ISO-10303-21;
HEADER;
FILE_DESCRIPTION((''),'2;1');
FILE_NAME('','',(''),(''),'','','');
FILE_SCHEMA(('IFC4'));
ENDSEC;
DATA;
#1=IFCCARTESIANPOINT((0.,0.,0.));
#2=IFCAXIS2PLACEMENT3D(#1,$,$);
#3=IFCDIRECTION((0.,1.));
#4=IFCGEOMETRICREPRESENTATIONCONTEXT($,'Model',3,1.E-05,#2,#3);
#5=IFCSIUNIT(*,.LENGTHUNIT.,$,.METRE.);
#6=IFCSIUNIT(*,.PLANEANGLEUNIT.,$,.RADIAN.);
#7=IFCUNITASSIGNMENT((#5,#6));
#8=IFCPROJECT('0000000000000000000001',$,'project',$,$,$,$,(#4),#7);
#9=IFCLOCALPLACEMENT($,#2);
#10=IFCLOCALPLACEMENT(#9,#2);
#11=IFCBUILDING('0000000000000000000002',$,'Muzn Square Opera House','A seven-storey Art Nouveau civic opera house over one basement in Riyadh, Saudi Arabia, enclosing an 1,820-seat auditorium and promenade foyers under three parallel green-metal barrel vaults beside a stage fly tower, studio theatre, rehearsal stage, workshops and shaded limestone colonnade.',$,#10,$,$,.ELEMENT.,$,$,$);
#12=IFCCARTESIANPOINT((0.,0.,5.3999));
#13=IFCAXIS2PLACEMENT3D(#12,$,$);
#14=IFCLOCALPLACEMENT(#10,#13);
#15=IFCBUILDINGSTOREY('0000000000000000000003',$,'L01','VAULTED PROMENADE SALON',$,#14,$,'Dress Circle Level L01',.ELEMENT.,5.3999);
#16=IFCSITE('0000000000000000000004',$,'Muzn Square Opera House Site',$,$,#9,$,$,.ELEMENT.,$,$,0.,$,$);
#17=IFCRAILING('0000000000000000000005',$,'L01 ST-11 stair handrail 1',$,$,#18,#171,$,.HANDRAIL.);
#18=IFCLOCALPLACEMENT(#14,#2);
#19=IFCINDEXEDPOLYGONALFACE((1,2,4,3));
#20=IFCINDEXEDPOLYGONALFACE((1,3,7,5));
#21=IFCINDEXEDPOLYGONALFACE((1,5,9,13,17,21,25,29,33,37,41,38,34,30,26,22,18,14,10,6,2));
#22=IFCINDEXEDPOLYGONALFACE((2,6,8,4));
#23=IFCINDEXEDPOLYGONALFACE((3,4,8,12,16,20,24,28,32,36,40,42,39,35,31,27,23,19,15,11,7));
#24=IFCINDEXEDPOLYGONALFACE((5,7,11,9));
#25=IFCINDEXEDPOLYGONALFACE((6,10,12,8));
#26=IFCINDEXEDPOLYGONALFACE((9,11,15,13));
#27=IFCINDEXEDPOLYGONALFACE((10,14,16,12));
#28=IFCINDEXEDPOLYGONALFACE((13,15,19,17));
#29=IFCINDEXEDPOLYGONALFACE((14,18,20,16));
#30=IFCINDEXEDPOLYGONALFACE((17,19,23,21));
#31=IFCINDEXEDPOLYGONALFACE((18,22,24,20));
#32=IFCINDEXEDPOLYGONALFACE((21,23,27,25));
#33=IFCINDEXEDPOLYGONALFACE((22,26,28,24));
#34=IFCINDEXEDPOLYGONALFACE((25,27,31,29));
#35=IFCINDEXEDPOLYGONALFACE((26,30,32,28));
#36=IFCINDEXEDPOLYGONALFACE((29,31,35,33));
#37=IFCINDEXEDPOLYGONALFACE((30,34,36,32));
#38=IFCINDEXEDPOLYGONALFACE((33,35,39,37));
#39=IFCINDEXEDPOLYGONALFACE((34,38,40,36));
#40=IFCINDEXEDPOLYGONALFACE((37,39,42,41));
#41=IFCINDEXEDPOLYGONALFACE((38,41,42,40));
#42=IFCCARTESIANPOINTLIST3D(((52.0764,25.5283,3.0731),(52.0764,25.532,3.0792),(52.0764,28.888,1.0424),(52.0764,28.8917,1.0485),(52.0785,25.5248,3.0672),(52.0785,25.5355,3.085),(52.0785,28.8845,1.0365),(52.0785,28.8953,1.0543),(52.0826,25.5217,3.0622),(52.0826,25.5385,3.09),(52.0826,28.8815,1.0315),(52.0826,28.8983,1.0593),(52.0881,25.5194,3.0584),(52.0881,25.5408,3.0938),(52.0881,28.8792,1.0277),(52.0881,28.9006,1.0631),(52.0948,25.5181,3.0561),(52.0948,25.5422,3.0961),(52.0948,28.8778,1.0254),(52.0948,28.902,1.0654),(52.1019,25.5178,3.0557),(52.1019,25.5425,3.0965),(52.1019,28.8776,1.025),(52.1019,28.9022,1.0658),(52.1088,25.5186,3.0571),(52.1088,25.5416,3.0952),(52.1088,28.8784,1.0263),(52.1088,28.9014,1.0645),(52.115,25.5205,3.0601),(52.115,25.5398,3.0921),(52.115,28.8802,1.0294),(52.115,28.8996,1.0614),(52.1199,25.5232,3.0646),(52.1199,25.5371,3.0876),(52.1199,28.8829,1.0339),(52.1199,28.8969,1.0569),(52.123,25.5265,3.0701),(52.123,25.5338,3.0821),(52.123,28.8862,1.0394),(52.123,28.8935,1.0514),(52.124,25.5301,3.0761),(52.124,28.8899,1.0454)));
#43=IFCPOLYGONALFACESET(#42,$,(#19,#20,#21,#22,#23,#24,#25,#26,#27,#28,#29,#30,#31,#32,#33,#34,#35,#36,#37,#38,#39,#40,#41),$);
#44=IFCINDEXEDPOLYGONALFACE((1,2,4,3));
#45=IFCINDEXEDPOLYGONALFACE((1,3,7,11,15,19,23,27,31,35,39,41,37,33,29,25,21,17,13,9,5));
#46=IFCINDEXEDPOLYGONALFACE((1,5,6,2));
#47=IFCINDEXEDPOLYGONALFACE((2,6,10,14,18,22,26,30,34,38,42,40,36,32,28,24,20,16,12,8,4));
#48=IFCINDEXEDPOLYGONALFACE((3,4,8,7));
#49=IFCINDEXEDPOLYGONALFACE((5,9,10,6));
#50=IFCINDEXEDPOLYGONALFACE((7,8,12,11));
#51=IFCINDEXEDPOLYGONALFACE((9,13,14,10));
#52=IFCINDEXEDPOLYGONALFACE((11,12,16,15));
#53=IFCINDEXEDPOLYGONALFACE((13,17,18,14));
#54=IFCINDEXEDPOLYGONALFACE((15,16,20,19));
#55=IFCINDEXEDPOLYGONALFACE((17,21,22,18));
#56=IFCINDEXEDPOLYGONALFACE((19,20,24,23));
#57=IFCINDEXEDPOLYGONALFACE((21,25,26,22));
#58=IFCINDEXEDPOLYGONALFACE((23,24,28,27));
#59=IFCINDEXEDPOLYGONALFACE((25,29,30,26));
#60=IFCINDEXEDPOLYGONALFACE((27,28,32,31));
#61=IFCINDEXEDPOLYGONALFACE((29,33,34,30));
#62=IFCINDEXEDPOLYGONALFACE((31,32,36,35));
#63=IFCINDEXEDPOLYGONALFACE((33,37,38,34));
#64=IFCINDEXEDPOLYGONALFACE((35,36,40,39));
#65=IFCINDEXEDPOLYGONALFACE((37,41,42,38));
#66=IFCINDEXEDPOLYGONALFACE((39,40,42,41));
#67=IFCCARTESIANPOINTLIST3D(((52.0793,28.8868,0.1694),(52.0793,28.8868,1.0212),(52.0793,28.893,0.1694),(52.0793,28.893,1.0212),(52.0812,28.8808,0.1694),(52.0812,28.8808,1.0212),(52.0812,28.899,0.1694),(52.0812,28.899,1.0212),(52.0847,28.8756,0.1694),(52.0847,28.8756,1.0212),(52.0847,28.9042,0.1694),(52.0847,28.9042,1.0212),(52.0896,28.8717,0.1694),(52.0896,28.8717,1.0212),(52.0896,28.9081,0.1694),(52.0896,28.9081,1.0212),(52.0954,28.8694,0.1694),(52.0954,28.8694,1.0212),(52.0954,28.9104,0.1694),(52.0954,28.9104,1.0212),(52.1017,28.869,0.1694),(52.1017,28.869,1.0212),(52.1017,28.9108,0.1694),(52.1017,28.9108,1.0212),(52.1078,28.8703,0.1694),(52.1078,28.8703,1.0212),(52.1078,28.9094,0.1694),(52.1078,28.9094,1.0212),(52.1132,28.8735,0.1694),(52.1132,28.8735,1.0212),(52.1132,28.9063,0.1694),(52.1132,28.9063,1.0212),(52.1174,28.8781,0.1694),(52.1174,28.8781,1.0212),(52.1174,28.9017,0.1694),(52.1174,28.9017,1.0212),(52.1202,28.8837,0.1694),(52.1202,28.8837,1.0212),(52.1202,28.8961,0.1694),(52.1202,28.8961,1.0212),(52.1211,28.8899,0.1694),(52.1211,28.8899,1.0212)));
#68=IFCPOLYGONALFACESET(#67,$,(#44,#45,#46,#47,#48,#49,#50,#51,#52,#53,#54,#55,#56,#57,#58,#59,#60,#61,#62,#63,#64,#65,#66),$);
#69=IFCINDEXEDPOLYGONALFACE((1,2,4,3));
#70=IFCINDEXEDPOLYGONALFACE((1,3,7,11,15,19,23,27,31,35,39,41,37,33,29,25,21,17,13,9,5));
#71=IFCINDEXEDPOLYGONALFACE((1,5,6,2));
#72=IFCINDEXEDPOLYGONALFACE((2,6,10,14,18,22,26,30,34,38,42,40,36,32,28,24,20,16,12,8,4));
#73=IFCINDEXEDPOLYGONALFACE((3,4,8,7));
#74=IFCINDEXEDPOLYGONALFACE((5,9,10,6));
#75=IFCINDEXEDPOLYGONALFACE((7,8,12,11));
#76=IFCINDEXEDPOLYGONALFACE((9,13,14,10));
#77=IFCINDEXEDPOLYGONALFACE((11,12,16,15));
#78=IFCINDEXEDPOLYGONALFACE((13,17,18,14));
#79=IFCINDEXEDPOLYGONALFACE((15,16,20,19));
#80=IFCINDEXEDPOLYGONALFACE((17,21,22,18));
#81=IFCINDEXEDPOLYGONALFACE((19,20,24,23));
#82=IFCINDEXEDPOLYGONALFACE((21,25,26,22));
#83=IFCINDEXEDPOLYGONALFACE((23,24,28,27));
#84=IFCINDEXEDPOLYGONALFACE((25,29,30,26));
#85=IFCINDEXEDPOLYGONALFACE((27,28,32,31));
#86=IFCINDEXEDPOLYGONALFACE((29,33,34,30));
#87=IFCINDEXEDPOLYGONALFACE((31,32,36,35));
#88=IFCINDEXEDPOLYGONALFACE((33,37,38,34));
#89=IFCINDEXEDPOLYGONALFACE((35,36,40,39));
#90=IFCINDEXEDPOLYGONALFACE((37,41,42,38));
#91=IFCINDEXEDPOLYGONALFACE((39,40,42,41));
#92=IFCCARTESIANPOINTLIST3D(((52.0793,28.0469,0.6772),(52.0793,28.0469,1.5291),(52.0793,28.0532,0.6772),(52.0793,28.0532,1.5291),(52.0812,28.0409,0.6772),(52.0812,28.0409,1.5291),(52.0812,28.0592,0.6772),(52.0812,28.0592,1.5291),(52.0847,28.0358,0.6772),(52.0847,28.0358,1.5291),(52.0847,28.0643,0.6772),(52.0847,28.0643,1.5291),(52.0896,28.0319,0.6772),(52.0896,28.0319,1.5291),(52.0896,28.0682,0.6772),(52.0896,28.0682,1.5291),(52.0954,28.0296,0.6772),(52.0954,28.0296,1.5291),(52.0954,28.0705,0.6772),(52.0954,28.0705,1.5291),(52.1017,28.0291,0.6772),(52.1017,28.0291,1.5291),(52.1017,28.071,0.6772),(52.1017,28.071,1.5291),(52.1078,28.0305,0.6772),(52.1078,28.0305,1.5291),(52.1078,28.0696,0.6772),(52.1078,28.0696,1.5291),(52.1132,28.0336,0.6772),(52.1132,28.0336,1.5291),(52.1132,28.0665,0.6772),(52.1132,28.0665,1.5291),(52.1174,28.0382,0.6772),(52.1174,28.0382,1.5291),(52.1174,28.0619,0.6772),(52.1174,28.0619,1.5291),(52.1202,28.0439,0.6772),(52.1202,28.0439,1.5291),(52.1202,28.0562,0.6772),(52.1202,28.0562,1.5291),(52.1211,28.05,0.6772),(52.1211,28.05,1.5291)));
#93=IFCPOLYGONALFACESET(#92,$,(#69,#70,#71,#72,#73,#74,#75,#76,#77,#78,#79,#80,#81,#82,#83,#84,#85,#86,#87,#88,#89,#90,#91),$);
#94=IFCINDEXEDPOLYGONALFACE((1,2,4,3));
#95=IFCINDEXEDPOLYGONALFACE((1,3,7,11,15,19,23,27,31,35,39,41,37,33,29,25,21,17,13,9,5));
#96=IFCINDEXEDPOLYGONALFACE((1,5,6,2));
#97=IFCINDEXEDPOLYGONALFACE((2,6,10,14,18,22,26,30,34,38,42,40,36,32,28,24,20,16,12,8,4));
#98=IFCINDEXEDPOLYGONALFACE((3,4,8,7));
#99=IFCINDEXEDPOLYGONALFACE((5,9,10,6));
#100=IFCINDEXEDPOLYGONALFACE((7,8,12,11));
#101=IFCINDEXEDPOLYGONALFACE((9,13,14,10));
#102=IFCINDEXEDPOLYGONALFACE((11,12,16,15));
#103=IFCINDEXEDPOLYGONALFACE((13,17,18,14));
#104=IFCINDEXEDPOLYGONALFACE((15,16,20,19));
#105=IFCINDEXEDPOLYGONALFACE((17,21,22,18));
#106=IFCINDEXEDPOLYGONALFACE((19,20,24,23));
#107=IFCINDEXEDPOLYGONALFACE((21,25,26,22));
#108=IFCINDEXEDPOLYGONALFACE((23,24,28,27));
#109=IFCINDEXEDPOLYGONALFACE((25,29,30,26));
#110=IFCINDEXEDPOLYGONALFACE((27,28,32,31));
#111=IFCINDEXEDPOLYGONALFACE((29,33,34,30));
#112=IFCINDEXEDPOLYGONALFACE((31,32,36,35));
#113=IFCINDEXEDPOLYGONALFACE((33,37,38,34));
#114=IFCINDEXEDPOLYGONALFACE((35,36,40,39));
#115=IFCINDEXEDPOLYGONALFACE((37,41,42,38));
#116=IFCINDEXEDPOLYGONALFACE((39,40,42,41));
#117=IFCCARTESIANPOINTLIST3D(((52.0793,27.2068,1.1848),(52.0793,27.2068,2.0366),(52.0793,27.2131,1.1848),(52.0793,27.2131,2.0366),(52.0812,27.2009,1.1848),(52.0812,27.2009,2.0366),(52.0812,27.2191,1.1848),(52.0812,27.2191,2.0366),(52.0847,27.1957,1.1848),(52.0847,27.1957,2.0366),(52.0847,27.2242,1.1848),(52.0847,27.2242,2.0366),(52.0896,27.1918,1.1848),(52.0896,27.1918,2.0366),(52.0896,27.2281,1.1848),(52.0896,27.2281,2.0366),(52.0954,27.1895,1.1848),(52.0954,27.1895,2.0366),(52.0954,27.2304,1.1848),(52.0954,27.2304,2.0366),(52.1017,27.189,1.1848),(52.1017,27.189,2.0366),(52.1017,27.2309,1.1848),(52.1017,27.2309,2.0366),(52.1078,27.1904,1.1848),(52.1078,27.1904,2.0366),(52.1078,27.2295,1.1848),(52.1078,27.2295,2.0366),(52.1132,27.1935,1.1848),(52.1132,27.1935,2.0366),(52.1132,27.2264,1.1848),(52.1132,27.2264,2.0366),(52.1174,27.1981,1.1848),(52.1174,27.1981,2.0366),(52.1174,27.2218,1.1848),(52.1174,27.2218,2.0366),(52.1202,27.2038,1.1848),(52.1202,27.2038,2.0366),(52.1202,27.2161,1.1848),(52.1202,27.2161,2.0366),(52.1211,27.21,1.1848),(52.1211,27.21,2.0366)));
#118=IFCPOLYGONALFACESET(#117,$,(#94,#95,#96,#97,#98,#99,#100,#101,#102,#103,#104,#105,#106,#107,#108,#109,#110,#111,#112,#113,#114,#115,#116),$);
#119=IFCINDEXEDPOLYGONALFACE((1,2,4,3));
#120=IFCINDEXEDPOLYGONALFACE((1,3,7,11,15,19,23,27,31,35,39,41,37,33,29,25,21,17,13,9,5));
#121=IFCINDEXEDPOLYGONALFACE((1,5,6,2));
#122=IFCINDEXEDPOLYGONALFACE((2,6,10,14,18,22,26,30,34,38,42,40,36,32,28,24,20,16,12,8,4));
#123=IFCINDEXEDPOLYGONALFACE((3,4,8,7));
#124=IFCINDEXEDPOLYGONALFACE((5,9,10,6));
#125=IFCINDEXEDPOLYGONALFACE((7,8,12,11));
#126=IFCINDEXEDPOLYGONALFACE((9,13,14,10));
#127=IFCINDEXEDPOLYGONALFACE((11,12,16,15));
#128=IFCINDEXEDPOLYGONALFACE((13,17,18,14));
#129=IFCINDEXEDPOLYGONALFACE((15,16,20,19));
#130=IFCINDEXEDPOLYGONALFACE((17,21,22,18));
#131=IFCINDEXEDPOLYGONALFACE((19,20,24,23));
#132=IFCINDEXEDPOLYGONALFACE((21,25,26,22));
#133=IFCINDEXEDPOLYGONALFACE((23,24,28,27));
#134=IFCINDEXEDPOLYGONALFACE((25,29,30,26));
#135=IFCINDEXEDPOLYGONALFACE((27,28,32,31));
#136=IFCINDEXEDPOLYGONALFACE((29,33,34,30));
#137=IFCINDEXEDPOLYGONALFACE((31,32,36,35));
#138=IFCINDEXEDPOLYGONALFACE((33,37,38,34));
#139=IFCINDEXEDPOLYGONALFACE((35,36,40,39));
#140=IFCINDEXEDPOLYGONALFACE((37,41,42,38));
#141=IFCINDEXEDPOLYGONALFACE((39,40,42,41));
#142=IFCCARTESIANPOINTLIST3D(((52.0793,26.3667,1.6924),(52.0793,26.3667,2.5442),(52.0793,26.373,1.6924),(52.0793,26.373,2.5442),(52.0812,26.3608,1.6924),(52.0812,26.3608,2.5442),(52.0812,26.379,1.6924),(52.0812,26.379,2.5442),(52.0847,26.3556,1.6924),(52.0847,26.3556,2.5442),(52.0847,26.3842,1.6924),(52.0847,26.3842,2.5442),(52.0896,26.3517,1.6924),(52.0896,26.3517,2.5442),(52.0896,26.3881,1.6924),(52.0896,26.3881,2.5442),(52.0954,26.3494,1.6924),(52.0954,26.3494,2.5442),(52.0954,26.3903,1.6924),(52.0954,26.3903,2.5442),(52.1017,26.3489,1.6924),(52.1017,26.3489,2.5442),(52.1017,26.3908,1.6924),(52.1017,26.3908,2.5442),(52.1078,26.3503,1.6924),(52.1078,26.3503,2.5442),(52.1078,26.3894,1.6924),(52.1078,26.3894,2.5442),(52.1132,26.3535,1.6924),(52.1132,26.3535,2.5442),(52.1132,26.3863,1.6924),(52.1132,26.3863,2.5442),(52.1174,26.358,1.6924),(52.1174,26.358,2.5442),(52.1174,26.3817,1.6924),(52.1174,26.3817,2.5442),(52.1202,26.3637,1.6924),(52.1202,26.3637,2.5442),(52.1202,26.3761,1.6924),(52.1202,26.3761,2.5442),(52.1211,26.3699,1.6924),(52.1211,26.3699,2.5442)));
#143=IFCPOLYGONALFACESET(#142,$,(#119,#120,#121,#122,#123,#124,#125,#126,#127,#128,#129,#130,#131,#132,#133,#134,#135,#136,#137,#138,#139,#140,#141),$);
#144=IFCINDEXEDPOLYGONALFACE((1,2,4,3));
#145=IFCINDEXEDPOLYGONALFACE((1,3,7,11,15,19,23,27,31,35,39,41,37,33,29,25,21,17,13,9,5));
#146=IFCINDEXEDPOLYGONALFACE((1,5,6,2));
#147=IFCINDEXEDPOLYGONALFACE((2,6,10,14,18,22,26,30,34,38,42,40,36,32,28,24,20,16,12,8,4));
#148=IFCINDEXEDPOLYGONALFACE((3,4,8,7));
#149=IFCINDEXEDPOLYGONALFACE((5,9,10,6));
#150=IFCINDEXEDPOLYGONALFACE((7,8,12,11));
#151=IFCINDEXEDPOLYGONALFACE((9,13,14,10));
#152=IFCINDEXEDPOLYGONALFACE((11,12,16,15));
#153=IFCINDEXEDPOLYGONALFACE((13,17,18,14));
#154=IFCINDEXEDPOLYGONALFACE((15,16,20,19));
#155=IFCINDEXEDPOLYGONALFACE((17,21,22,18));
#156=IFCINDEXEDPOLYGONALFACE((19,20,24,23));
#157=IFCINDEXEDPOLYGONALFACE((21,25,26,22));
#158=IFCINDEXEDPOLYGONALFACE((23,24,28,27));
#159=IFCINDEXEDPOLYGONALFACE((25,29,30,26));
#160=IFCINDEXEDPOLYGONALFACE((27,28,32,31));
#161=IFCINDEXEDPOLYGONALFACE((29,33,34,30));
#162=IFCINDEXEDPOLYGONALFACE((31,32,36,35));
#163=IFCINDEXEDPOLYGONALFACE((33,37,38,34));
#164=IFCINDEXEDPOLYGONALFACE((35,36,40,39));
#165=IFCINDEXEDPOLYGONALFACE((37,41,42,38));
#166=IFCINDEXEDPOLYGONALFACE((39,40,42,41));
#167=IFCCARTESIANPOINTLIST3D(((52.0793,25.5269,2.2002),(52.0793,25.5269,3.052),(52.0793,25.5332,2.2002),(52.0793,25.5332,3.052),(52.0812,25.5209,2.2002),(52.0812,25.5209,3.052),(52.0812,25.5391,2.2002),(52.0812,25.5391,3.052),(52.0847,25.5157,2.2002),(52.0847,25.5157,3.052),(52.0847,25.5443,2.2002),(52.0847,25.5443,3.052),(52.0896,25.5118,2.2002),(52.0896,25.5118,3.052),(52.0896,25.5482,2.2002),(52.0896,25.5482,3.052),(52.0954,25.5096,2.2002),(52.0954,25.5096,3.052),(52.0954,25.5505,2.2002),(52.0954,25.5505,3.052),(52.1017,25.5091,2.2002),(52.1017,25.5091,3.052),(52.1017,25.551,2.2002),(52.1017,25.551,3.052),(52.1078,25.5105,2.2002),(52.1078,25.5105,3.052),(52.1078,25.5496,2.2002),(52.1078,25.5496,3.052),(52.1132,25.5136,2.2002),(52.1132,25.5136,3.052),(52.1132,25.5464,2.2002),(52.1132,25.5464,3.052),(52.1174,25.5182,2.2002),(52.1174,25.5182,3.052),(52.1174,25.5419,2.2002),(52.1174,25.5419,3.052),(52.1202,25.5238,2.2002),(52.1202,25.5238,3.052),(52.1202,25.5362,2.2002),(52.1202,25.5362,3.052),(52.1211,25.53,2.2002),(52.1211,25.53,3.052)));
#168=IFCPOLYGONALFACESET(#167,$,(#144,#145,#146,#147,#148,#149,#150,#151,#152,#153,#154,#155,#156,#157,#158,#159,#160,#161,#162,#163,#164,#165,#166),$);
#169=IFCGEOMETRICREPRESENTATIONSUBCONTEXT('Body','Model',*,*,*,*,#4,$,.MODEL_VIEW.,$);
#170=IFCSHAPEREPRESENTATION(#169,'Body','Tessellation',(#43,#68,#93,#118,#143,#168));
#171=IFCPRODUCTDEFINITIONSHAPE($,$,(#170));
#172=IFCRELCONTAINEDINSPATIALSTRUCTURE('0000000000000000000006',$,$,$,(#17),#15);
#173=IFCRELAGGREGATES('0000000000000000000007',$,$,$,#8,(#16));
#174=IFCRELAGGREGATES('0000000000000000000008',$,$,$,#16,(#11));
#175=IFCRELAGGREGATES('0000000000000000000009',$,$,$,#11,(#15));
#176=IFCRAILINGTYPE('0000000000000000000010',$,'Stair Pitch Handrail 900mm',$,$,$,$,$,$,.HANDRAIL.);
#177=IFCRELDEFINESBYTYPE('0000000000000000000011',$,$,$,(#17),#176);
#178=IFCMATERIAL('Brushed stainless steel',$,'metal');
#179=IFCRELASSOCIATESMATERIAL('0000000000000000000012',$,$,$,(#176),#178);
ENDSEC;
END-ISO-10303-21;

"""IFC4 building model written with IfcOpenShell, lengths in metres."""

from ifc_helpers import new_model, si_unit, direction, frame, origin, origin_2d, place, context, subcontext, project, spatial, circle, extrude, material, type_object, element, save


model = new_model("IFC4")

# Units and contexts
model_context = context("Model", 3, precision=1e-05, world=origin(), true_north=direction((0.0, 1.0)))
body_context = subcontext(model_context, "Body", "Model", "MODEL_VIEW")
ifc_project = project(units=[si_unit("LENGTHUNIT", "METRE"), si_unit("PLANEANGLEUNIT", "RADIAN")], contexts=[model_context])

# Site, building, storey
site_placement = place(None, origin())
site = spatial("IfcSite", under=ifc_project, at=site_placement, Name="Muzn Square Opera House Site", CompositionType="ELEMENT", RefElevation=0.0)
building_placement = place(site_placement, origin())
building = spatial("IfcBuilding", under=site, at=building_placement, Name="Muzn Square Opera House", Description="A seven-storey Art Nouveau civic opera house over one basement in Riyadh, Saudi Arabia, enclosing an 1,820-seat auditorium and promenade foyers under three parallel green-metal barrel vaults beside a stage fly tower, studio theatre, rehearsal stage, workshops and shaded limestone colonnade.", CompositionType="ELEMENT")
storey_placement = place(building_placement, frame((0.0, 0.0, 5.3999)))
storey = spatial("IfcBuildingStorey", under=building, at=storey_placement, Name="L01", Description="VAULTED PROMENADE SALON", LongName="Dress Circle Level L01", CompositionType="ELEMENT", Elevation=5.3999)

# Shared definitions
ifc_material_1 = material(Name="Brushed stainless steel", Category="metal")

# Railing
railing_type_1 = type_object("IfcRailingType", Name="Stair Pitch Handrail 900mm", PredefinedType="HANDRAIL", material=ifc_material_1)
railing_1_placement = place(storey_placement, frame((52.1001, 28.8899, 0.1694)))
element("IfcRailing", 1, at=railing_1_placement, inside=storey, type_object=railing_type_1, Name="L01 ST-11 stair handrail 1", PredefinedType="HANDRAIL", context=body_context, shape_type="SweptSolid", body=[
    extrude(circle(Radius=0.0239, at=origin_2d()), frame((0.0, 0.0, 0.876), z_axis=(0.0, -0.85582, 0.517273), x_axis=(1.0, 0.0, 0.0)), (0.0, 0.0, 1.0), 3.9258),
    extrude(circle(Radius=0.021, at=origin_2d()), origin(), (0.0, 0.0, 1.0), 0.8518),
    extrude(circle(Radius=0.021, at=origin_2d()), frame((0.0, -0.8398, 0.5078)), (0.0, 0.0, 1.0), 0.8518),
    extrude(circle(Radius=0.021, at=origin_2d()), frame((0.0, -1.6799, 1.0154)), (0.0, 0.0, 1.0), 0.8518),
    extrude(circle(Radius=0.021, at=origin_2d()), frame((0.0, -2.52, 1.5229)), (0.0, 0.0, 1.0), 0.8518),
    extrude(circle(Radius=0.021, at=origin_2d()), frame((0.0, -3.3599, 2.0308)), (0.0, 0.0, 1.0), 0.8518),
])

save(model, "model.ifc")
